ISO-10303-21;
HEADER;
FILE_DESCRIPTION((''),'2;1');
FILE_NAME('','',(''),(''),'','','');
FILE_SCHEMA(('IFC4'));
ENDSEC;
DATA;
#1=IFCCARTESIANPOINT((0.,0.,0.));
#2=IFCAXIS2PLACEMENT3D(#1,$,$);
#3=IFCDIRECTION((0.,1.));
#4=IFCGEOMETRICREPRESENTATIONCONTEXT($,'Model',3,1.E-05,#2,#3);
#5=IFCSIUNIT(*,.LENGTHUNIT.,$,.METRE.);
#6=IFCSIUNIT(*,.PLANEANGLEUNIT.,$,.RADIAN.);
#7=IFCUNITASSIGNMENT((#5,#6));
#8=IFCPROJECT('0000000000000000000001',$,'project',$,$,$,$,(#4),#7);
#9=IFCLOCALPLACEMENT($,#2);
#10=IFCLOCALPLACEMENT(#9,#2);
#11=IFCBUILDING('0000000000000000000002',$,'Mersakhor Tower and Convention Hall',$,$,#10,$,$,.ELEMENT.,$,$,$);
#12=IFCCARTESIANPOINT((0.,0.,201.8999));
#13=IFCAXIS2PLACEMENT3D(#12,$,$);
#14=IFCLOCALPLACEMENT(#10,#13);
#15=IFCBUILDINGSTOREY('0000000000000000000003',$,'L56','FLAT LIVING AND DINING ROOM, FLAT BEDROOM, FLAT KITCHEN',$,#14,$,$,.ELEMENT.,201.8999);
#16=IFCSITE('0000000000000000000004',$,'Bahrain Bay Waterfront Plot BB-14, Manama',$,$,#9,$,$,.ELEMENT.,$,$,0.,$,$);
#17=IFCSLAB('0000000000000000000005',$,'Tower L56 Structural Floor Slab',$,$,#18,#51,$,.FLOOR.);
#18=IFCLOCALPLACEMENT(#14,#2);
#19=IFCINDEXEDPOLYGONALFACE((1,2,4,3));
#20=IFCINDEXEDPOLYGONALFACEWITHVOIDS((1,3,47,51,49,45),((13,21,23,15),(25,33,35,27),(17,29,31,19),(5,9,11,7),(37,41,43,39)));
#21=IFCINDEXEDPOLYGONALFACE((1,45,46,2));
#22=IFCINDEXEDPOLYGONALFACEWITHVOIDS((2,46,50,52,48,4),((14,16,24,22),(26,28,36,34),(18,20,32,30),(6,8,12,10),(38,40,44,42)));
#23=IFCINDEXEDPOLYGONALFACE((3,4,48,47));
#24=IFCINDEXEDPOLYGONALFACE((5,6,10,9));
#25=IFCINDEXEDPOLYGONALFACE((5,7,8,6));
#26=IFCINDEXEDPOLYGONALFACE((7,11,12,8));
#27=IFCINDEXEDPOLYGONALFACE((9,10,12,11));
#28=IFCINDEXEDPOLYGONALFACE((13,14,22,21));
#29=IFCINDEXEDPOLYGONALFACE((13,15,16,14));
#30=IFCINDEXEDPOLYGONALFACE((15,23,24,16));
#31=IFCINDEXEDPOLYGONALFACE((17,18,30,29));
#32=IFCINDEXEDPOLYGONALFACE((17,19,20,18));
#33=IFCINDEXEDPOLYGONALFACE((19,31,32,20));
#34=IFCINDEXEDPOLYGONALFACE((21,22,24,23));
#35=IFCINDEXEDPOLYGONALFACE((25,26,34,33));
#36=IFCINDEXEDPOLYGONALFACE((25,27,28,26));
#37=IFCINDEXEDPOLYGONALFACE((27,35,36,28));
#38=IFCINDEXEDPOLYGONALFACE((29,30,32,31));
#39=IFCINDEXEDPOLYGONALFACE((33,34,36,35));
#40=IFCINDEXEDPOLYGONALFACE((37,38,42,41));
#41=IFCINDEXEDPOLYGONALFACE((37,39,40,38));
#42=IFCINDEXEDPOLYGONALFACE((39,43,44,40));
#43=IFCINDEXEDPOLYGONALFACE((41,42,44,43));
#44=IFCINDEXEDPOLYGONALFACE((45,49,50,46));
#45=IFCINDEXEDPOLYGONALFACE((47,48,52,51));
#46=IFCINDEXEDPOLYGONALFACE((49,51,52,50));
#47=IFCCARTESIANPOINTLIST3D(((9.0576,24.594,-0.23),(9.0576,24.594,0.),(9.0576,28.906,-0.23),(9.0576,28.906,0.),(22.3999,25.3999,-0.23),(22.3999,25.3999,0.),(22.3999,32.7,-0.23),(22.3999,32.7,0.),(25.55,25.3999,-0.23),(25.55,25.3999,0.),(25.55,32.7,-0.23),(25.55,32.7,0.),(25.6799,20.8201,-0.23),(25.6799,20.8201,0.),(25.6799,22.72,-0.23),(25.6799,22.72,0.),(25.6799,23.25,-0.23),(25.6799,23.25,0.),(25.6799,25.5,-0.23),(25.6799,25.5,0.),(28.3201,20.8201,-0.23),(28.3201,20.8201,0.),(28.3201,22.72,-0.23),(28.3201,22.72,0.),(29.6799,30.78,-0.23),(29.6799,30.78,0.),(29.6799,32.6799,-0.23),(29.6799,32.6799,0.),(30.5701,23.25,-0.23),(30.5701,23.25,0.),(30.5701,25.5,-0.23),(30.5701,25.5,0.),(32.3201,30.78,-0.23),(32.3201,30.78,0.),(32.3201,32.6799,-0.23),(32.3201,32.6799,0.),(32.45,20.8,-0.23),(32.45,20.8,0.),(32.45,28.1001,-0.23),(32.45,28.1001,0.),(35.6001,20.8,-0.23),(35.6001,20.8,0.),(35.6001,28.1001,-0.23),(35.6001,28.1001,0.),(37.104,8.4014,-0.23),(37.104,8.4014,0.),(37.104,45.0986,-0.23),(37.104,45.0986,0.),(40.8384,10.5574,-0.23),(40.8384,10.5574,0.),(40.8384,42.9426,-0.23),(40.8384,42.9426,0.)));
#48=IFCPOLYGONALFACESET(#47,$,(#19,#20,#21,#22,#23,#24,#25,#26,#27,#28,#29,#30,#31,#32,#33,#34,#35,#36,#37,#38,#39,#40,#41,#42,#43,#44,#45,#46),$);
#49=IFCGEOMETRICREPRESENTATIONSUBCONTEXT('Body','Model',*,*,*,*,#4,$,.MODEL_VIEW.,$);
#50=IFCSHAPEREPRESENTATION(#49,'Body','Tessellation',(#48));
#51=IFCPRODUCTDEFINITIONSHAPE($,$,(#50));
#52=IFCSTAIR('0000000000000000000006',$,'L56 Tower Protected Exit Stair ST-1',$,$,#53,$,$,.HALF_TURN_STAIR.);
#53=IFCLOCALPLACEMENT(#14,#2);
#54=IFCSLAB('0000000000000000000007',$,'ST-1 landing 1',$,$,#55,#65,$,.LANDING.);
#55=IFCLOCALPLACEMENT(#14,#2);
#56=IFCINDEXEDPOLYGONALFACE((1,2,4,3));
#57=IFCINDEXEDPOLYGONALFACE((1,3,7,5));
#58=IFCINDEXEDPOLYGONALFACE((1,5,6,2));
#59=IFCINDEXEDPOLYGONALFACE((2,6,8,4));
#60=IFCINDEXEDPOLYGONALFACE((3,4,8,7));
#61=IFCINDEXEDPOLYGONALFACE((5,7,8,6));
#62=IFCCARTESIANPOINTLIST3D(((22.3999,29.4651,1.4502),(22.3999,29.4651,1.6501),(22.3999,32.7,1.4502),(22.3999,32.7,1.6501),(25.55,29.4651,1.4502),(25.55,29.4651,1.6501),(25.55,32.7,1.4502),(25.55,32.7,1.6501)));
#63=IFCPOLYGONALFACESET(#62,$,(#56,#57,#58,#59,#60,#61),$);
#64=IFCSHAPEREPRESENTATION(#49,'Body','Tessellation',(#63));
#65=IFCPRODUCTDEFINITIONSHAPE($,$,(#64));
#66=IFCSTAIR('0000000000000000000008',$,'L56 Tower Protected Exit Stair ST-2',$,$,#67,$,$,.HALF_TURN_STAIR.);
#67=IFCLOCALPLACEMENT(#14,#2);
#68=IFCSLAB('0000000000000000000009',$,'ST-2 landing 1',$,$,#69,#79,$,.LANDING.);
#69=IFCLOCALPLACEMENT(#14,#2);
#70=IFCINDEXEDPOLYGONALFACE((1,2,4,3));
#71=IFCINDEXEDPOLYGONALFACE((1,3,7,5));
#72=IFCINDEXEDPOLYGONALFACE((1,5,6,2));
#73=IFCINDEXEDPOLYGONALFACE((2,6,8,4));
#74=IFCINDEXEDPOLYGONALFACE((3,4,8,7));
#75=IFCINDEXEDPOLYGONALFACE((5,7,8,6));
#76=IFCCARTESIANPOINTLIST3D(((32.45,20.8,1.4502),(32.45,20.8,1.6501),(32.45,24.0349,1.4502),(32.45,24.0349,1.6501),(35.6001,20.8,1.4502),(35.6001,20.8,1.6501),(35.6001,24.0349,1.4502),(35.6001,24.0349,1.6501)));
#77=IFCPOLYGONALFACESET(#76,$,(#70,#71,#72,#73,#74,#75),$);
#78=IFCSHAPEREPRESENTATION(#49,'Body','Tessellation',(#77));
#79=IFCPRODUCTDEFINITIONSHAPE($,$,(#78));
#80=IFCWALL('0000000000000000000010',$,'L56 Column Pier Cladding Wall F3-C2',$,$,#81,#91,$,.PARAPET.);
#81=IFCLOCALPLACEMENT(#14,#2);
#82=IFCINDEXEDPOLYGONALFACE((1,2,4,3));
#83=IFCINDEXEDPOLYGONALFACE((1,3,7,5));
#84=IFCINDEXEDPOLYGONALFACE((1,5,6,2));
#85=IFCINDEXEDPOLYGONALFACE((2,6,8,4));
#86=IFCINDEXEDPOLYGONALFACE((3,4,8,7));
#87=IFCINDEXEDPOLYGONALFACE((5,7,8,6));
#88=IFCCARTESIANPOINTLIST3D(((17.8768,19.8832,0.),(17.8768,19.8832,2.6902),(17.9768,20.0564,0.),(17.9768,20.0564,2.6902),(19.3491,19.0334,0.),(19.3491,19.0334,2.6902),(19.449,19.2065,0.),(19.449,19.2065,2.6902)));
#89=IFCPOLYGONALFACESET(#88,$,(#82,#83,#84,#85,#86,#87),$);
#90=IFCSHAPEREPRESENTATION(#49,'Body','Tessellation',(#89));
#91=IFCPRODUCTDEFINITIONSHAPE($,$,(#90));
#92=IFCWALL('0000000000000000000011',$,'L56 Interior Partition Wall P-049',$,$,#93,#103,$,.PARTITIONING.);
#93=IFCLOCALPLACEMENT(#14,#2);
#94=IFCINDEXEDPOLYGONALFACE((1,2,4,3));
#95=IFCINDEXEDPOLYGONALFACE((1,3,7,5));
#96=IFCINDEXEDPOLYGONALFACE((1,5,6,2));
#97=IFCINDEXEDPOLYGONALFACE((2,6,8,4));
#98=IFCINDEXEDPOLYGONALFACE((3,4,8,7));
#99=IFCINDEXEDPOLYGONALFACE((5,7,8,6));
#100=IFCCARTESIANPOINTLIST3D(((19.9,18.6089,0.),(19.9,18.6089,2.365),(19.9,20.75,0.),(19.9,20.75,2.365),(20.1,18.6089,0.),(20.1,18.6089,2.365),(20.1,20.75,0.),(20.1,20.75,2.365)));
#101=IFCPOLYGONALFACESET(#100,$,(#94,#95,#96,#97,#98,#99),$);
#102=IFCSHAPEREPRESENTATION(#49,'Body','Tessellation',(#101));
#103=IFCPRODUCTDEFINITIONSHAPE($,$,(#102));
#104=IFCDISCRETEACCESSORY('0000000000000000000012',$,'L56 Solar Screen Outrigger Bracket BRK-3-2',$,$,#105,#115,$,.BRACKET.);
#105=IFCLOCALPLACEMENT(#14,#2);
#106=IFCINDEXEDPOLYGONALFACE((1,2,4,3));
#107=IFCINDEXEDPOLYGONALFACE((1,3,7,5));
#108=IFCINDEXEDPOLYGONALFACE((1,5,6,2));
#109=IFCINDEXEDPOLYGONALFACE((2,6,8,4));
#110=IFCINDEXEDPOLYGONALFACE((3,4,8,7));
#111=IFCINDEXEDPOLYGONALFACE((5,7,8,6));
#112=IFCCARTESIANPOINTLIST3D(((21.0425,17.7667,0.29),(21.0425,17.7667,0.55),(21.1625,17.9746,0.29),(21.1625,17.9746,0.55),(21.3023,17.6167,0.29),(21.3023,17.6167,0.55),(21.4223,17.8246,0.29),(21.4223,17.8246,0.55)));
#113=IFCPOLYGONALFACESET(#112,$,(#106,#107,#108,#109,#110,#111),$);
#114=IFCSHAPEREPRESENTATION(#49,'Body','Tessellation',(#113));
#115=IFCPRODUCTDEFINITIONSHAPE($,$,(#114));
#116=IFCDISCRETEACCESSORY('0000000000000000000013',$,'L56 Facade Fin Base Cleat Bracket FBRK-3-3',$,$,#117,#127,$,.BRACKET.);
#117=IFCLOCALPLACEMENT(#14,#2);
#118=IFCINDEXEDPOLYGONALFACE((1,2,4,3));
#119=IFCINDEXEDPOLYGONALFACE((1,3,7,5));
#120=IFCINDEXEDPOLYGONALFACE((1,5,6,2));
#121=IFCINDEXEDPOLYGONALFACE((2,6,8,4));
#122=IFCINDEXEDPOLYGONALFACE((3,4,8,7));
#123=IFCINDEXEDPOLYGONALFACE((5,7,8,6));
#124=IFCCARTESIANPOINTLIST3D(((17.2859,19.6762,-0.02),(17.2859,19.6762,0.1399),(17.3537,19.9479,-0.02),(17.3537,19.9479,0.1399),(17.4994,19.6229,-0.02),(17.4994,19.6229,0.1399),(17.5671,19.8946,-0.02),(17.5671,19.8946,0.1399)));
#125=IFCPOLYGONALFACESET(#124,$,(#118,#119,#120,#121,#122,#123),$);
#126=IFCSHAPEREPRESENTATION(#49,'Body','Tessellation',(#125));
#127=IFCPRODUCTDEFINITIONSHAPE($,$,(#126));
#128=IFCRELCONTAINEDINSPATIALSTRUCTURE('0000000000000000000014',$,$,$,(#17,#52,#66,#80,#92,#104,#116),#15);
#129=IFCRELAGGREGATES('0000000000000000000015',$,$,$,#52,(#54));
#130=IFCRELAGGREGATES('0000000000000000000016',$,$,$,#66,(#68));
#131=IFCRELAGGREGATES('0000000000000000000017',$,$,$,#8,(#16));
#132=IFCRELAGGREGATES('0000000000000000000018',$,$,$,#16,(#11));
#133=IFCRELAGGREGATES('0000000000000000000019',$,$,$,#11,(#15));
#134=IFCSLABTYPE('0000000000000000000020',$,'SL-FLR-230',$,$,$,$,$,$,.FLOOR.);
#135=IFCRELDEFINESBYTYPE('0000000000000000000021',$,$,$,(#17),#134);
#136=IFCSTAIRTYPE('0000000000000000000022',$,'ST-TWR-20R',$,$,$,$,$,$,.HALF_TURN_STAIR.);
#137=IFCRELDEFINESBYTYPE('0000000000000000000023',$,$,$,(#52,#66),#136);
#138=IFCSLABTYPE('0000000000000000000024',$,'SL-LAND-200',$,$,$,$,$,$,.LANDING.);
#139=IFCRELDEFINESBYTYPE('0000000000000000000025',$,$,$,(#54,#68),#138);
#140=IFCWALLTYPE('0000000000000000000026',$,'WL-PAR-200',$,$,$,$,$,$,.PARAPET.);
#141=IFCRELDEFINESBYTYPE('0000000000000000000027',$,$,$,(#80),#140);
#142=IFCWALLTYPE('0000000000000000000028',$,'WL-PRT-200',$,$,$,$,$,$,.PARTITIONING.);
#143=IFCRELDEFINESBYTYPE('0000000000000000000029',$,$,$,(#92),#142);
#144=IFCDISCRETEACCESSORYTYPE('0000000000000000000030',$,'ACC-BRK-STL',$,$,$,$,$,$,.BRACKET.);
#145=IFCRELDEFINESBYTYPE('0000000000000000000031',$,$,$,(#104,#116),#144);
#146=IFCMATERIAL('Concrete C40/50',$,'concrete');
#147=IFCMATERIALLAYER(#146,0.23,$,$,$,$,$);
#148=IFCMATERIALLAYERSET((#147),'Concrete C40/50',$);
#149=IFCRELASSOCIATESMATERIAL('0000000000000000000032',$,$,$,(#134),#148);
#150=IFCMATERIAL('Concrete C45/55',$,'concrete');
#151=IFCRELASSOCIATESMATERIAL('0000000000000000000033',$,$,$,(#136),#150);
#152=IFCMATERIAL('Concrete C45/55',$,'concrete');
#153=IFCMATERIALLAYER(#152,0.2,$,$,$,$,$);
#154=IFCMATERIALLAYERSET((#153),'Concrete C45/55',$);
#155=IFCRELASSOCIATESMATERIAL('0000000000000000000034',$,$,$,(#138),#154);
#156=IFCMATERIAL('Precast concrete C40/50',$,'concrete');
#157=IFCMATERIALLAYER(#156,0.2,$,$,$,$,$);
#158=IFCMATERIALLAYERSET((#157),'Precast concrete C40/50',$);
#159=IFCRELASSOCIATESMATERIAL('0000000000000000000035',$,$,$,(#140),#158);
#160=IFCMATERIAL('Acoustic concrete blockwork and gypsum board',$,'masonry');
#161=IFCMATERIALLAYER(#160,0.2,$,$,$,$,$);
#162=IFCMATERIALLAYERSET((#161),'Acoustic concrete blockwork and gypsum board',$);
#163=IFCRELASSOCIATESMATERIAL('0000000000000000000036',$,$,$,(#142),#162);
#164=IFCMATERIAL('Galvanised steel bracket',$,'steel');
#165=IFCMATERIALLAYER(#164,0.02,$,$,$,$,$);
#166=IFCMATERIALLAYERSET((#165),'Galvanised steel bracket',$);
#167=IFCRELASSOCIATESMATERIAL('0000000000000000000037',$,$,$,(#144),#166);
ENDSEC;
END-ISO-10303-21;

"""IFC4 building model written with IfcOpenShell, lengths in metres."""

from ifc_helpers import new_model, si_unit, direction, frame, frame_2d, origin, origin_2d, place, context, subcontext, project, spatial, polyline, rectangle, outline, extrude, material, layer, layer_set, type_object, element, aggregate, save


model = new_model("IFC4")

# Units and contexts
model_context = context("Model", 3, precision=1e-05, world=origin(), true_north=direction((0.0, 1.0)))
body_context = subcontext(model_context, "Body", "Model", "MODEL_VIEW")
ifc_project = project(units=[si_unit("LENGTHUNIT", "METRE"), si_unit("PLANEANGLEUNIT", "RADIAN")], contexts=[model_context])

# Site, building, storey
site_placement = place(None, origin())
site = spatial("IfcSite", under=ifc_project, at=site_placement, Name="Bahrain Bay Waterfront Plot BB-14, Manama", CompositionType="ELEMENT", RefElevation=0.0)
building_placement = place(site_placement, origin())
building = spatial("IfcBuilding", under=site, at=building_placement, Name="Mersakhor Tower and Convention Hall", CompositionType="ELEMENT")
storey_placement = place(building_placement, frame((0.0, 0.0, 201.8999)))
storey = spatial("IfcBuildingStorey", under=building, at=storey_placement, Name="L56", Description="FLAT LIVING AND DINING ROOM, FLAT BEDROOM, FLAT KITCHEN", CompositionType="ELEMENT", Elevation=201.8999)

# Slab
ifc_material_1 = material(Name="Concrete C40/50", Category="concrete")
ifc_layer_1 = layer(ifc_material_1, 0.23)
ifc_layer_set_1 = layer_set([ifc_layer_1], Name="Concrete C40/50")
slab_type_1 = type_object("IfcSlabType", Name="SL-FLR-230", PredefinedType="FLOOR", material=ifc_layer_set_1)
slab_1_placement = place(storey_placement, frame((0.0, 0.0, -0.23)))
element("IfcSlab", 1, at=slab_1_placement, inside=storey, type_object=slab_type_1, Name="Tower L56 Structural Floor Slab", PredefinedType="FLOOR", context=body_context, shape_type="SweptSolid", body=[
    extrude(outline(polyline([(9.0576, 28.906), (37.104, 45.0986), (40.8384, 42.9426), (40.8384, 10.5574), (37.104, 8.4014), (9.0576, 24.594), (9.0576, 28.906)]), holes=[polyline([(25.55, 25.3999), (25.55, 32.7), (22.3999, 32.7), (22.3999, 25.3999), (25.55, 25.3999)]), polyline([(32.45, 28.1001), (32.45, 20.8), (35.6001, 20.8), (35.6001, 28.1001), (32.45, 28.1001)]), polyline([(25.6799, 20.8201), (25.6799, 22.72), (28.3201, 22.72), (28.3201, 20.8201), (25.6799, 20.8201)]), polyline([(29.6799, 30.78), (29.6799, 32.6799), (32.3201, 32.6799), (32.3201, 30.78), (29.6799, 30.78)]), polyline([(25.6799, 23.25), (25.6799, 25.5), (30.5701, 25.5), (30.5701, 23.25), (25.6799, 23.25)])]), origin(), (0.0, 0.0, 1.0), 0.23),
])

# Stairs, slabs
ifc_material_2 = material(Name="Concrete C45/55", Category="concrete")
stair_type = type_object("IfcStairType", Name="ST-TWR-20R", PredefinedType="HALF_TURN_STAIR", material=ifc_material_2)
stair_1_placement = place(storey_placement, origin())
stair_1 = element("IfcStair", 2, at=stair_1_placement, inside=storey, type_object=stair_type, Name="L56 Tower Protected Exit Stair ST-1", PredefinedType="HALF_TURN_STAIR")
ifc_material_3 = material(Name="Concrete C45/55", Category="concrete")
ifc_layer_2 = layer(ifc_material_3, 0.2)
ifc_layer_set_2 = layer_set([ifc_layer_2], Name="Concrete C45/55")
slab_type_2 = type_object("IfcSlabType", Name="SL-LAND-200", PredefinedType="LANDING", material=ifc_layer_set_2)
slab_2_placement = place(storey_placement, frame((0.0, 0.0, 1.4502)))
slab_2 = element("IfcSlab", 3, at=slab_2_placement, type_object=slab_type_2, Name="ST-1 landing 1", PredefinedType="LANDING", context=body_context, shape_type="SweptSolid", body=[
    extrude(outline(polyline([(25.55, 29.4651), (25.55, 32.7), (22.3999, 32.7), (22.3999, 29.4651), (25.55, 29.4651)])), origin(), (0.0, 0.0, 1.0), 0.2),
])
aggregate(stair_1, [slab_2])
stair_2_placement = place(storey_placement, origin())
stair_2 = element("IfcStair", 4, at=stair_2_placement, inside=storey, type_object=stair_type, Name="L56 Tower Protected Exit Stair ST-2", PredefinedType="HALF_TURN_STAIR")
slab_3_placement = place(storey_placement, frame((0.0, 0.0, 1.4502)))
slab_3 = element("IfcSlab", 5, at=slab_3_placement, type_object=slab_type_2, Name="ST-2 landing 1", PredefinedType="LANDING", context=body_context, shape_type="SweptSolid", body=[
    extrude(outline(polyline([(32.45, 24.0349), (32.45, 20.8), (35.6001, 20.8), (35.6001, 24.0349), (32.45, 24.0349)])), origin(), (0.0, 0.0, 1.0), 0.2),
])
aggregate(stair_2, [slab_3])

# Walls
ifc_material_4 = material(Name="Precast concrete C40/50", Category="concrete")
ifc_layer_3 = layer(ifc_material_4, 0.2)
ifc_layer_set_3 = layer_set([ifc_layer_3], Name="Precast concrete C40/50")
wall_type_1 = type_object("IfcWallType", Name="WL-PAR-200", PredefinedType="PARAPET", material=ifc_layer_set_3)
wall_1_placement = place(storey_placement, frame((19.3992, 19.1199, 0.0), z_axis=(0.0, 0.0, 1.0), x_axis=(-0.866052, 0.499955, 0.0)))
element("IfcWall", 6, at=wall_1_placement, inside=storey, type_object=wall_type_1, Name="L56 Column Pier Cladding Wall F3-C2", PredefinedType="PARAPET", context=body_context, shape_type="SweptSolid", body=[
    extrude(rectangle(XDim=1.7, YDim=0.2, at=frame_2d((0.8501, 0.0))), origin(), (0.0, 0.0, 1.0), 2.6902),
])
ifc_material_5 = material(Name="Acoustic concrete blockwork and gypsum board", Category="masonry")
ifc_layer_4 = layer(ifc_material_5, 0.2)
ifc_layer_set_4 = layer_set([ifc_layer_4], Name="Acoustic concrete blockwork and gypsum board")
wall_type_2 = type_object("IfcWallType", Name="WL-PRT-200", PredefinedType="PARTITIONING", material=ifc_layer_set_4)
wall_2_placement = place(storey_placement, frame((20.0, 18.6089, 0.0), z_axis=(0.0, 0.0, 1.0), x_axis=(0.0, 1.0, 0.0)))
element("IfcWall", 7, at=wall_2_placement, inside=storey, type_object=wall_type_2, Name="L56 Interior Partition Wall P-049", PredefinedType="PARTITIONING", context=body_context, shape_type="SweptSolid", body=[
    extrude(rectangle(XDim=2.1411, YDim=0.2, at=frame_2d((1.0706, 0.0))), origin(), (0.0, 0.0, 1.0), 2.365),
])

# Discrete accessories
ifc_material_6 = material(Name="Galvanised steel bracket", Category="steel")
ifc_layer_5 = layer(ifc_material_6, 0.02)
ifc_layer_set_5 = layer_set([ifc_layer_5], Name="Galvanised steel bracket")
discrete_accessory_type = type_object("IfcDiscreteAccessoryType", Name="ACC-BRK-STL", PredefinedType="BRACKET", material=ifc_layer_set_5)
discrete_accessory_1_placement = place(storey_placement, frame((21.2324, 17.7957, 0.29), z_axis=(0.0, 0.0, 1.0), x_axis=(-0.866025, 0.5, 0.0)))
element("IfcDiscreteAccessory", 8, at=discrete_accessory_1_placement, inside=storey, type_object=discrete_accessory_type, Name="L56 Solar Screen Outrigger Bracket BRK-3-2", PredefinedType="BRACKET", context=body_context, shape_type="SweptSolid", body=[
    extrude(rectangle(XDim=0.3, YDim=0.24, at=origin_2d()), origin(), (0.0, 0.0, 1.0), 0.26),
])
discrete_accessory_2_placement = place(storey_placement, frame((17.4265, 19.7854, -0.02), z_axis=(0.0, 0.0, 1.0), x_axis=(-0.241922, -0.970296, 0.0)))
element("IfcDiscreteAccessory", 9, at=discrete_accessory_2_placement, inside=storey, type_object=discrete_accessory_type, Name="L56 Facade Fin Base Cleat Bracket FBRK-3-3", PredefinedType="BRACKET", context=body_context, shape_type="SweptSolid", body=[
    extrude(rectangle(XDim=0.28, YDim=0.22, at=origin_2d()), origin(), (0.0, 0.0, 1.0), 0.1599),
])

save(model, "model.ifc")
